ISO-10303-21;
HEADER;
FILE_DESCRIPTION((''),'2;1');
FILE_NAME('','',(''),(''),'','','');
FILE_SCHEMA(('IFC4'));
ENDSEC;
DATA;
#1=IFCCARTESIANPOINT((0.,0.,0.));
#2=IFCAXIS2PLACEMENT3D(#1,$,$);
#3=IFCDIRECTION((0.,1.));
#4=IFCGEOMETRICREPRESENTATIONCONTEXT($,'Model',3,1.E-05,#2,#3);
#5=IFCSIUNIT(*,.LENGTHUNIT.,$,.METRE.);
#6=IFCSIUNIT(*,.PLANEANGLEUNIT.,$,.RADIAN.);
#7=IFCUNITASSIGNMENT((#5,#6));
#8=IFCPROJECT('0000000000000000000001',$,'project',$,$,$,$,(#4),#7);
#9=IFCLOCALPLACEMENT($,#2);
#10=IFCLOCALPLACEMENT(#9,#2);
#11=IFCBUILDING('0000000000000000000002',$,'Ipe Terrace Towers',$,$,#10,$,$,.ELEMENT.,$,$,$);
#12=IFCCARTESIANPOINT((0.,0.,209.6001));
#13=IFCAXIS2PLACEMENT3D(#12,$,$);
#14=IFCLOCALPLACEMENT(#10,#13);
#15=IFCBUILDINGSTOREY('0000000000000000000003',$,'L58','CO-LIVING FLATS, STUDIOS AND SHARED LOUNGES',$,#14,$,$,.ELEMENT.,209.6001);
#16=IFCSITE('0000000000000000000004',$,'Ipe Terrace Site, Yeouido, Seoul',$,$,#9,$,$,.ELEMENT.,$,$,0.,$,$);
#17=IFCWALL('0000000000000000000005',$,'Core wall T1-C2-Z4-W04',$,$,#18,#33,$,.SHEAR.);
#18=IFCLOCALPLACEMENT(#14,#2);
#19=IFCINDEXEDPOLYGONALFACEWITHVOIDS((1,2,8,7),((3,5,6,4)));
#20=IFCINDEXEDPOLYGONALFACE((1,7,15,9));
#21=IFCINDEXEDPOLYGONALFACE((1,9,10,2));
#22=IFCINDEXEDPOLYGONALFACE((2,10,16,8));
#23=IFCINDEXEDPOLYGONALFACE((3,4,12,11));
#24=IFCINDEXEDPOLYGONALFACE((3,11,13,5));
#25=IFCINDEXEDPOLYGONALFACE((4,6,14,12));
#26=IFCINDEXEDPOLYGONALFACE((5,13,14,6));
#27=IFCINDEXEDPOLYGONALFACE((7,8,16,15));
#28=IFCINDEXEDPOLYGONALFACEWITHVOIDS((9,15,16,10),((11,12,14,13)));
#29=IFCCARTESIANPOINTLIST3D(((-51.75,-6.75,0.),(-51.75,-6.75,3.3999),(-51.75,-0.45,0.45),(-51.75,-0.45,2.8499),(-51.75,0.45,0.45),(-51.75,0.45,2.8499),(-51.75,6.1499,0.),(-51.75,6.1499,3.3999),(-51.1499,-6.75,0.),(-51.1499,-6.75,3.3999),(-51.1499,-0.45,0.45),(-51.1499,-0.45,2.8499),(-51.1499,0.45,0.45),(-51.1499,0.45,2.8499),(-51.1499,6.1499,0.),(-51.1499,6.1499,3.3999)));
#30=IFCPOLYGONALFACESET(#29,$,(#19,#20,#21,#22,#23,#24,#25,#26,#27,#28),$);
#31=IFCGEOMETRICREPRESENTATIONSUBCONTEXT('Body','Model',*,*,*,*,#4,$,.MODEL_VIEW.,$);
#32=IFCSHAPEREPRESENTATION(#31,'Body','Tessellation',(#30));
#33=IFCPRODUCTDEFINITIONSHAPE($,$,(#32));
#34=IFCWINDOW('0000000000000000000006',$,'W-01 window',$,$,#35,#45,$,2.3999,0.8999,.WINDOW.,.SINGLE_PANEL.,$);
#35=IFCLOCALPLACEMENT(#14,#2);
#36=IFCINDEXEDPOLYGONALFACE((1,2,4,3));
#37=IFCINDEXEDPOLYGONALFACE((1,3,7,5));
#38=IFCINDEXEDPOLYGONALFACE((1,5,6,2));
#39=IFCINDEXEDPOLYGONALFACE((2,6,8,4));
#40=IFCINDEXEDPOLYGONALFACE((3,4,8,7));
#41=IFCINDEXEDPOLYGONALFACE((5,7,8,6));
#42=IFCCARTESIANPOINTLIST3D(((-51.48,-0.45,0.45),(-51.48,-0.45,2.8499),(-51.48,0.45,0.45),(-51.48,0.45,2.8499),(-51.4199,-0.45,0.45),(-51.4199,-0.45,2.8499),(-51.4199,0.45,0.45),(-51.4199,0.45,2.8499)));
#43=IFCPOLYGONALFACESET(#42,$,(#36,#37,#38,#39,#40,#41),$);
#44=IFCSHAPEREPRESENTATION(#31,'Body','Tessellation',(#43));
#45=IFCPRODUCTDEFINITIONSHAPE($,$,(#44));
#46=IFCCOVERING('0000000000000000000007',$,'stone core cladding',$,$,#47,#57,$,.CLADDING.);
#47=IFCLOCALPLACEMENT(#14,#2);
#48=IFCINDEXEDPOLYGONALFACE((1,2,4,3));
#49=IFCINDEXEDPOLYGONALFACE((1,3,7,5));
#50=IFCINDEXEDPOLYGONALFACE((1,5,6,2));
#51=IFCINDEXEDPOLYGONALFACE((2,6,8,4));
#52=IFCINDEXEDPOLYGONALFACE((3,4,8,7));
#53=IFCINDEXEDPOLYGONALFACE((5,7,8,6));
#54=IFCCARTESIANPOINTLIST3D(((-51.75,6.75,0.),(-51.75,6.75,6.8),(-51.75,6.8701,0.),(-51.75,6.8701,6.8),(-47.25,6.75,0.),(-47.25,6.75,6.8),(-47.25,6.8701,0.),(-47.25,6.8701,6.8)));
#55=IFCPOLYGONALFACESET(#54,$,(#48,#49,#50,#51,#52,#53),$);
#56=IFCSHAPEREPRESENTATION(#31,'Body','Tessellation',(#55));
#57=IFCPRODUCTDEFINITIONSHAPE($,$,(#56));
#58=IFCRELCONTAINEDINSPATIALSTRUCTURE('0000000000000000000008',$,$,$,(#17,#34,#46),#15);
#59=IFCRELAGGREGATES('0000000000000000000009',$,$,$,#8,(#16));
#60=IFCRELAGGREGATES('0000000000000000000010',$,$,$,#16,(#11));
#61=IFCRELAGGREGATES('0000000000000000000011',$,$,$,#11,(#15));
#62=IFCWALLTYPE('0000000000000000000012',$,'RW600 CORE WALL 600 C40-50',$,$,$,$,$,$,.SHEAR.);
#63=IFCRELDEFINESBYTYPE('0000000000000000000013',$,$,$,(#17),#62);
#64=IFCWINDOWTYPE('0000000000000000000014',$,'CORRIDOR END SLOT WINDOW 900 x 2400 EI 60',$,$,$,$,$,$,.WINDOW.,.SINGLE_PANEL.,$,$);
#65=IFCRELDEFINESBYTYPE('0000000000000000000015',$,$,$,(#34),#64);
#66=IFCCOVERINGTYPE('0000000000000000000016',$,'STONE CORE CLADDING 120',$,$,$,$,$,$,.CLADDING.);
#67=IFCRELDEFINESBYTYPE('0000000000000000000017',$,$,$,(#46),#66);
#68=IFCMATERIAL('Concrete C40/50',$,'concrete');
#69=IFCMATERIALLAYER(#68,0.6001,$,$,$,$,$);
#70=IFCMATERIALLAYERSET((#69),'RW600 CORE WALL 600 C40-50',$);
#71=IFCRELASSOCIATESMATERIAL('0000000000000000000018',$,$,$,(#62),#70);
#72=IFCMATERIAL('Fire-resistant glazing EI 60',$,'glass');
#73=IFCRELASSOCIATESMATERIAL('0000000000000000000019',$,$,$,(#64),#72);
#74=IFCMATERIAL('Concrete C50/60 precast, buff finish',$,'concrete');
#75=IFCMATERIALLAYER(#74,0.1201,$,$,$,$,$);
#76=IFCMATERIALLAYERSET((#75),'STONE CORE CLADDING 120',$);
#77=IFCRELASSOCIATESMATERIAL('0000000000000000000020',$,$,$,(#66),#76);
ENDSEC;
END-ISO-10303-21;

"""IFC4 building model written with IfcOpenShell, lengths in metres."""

from ifc_helpers import new_model, si_unit, direction, frame, frame_2d, origin, origin_2d, place, context, subcontext, project, spatial, rectangle, extrude, material, layer, layer_set, type_object, element, fill, save


model = new_model("IFC4")

# Units and contexts
model_context = context("Model", 3, precision=1e-05, world=origin(), true_north=direction((0.0, 1.0)))
body_context = subcontext(model_context, "Body", "Model", "MODEL_VIEW")
ifc_project = project(units=[si_unit("LENGTHUNIT", "METRE"), si_unit("PLANEANGLEUNIT", "RADIAN")], contexts=[model_context])

# Site, building, storey
site_placement = place(None, origin())
site = spatial("IfcSite", under=ifc_project, at=site_placement, Name="Ipe Terrace Site, Yeouido, Seoul", CompositionType="ELEMENT", RefElevation=0.0)
building_placement = place(site_placement, origin())
building = spatial("IfcBuilding", under=site, at=building_placement, Name="Ipe Terrace Towers", CompositionType="ELEMENT")
storey_placement = place(building_placement, frame((0.0, 0.0, 209.6001)))
storey = spatial("IfcBuildingStorey", under=building, at=storey_placement, Name="L58", Description="CO-LIVING FLATS, STUDIOS AND SHARED LOUNGES", CompositionType="ELEMENT", Elevation=209.6001)

# Shared definitions
ifc_material_1 = material(Name="Concrete C40/50", Category="concrete")
ifc_layer_1 = layer(ifc_material_1, 0.6001)
ifc_layer_set_1 = layer_set([ifc_layer_1], Name="RW600 CORE WALL 600 C40-50")
wall_type_1 = type_object("IfcWallType", Name="RW600 CORE WALL 600 C40-50", PredefinedType="SHEAR", material=ifc_layer_set_1)

# Wall, opening, window
wall_1_placement = place(storey_placement, frame((-51.45, 6.1499, 0.0), z_axis=(0.0, 0.0, 1.0), x_axis=(0.0, -1.0, 0.0)))
wall_1 = element("IfcWall", 1, at=wall_1_placement, inside=storey, type_object=wall_type_1, Name="Core wall T1-C2-Z4-W04", PredefinedType="SHEAR", context=body_context, shape_type="SweptSolid", body=[
    extrude(rectangle(XDim=12.8999, YDim=0.6001, at=frame_2d((6.45, 0.0))), origin(), (0.0, 0.0, 1.0), 3.3999),
])
opening_1_placement = place(wall_1_placement, frame((5.7, 0.0, 0.45)))
opening_1 = element("IfcOpeningElement", 2, at=opening_1_placement, cuts=wall_1, PredefinedType="OPENING", context=body_context, shape_type="SweptSolid", body=[
    extrude(rectangle(XDim=0.8999, YDim=2.3999, at=frame_2d((0.45, 1.2))), frame((0.0, 0.3101, 0.0), z_axis=(0.0, -1.0, 0.0), x_axis=(1.0, 0.0, 0.0)), (0.0, 0.0, 1.0), 0.6201),
])
ifc_material_2 = material(Name="Fire-resistant glazing EI 60", Category="glass")
window_type = type_object("IfcWindowType", Name="CORRIDOR END SLOT WINDOW 900 x 2400 EI 60", PartitioningType="SINGLE_PANEL", PredefinedType="WINDOW", material=ifc_material_2)
window_placement = place(opening_1_placement, origin())
window = element("IfcWindow", 3, at=window_placement, inside=storey, type_object=window_type, Name="W-01 window", OverallHeight=2.3999, OverallWidth=0.8999, PartitioningType="SINGLE_PANEL", PredefinedType="WINDOW", context=body_context, shape_type="SweptSolid", body=[
    extrude(rectangle(XDim=0.8999, YDim=2.3999, at=frame_2d((0.45, 1.2))), frame((0.0, 0.03, 0.0), z_axis=(0.0, -1.0, 0.0), x_axis=(1.0, 0.0, 0.0)), (0.0, 0.0, 1.0), 0.0601),
])
fill(opening_1, window)

# Covering
ifc_material_3 = material(Name="Concrete C50/60 precast, buff finish", Category="concrete")
ifc_layer_2 = layer(ifc_material_3, 0.1201)
ifc_layer_set_2 = layer_set([ifc_layer_2], Name="STONE CORE CLADDING 120")
covering_type = type_object("IfcCoveringType", Name="STONE CORE CLADDING 120", PredefinedType="CLADDING", material=ifc_layer_set_2)
covering_placement = place(storey_placement, frame((-49.5, 6.8101, 0.0), z_axis=(0.0, 0.0, 1.0), x_axis=(-1.0, 0.0, 0.0)))
element("IfcCovering", 4, at=covering_placement, inside=storey, type_object=covering_type, Name="stone core cladding", PredefinedType="CLADDING", context=body_context, shape_type="SweptSolid", body=[
    extrude(rectangle(XDim=4.5, YDim=0.1201, at=origin_2d()), origin(), (0.0, 0.0, 1.0), 6.8),
])

save(model, "model.ifc")
